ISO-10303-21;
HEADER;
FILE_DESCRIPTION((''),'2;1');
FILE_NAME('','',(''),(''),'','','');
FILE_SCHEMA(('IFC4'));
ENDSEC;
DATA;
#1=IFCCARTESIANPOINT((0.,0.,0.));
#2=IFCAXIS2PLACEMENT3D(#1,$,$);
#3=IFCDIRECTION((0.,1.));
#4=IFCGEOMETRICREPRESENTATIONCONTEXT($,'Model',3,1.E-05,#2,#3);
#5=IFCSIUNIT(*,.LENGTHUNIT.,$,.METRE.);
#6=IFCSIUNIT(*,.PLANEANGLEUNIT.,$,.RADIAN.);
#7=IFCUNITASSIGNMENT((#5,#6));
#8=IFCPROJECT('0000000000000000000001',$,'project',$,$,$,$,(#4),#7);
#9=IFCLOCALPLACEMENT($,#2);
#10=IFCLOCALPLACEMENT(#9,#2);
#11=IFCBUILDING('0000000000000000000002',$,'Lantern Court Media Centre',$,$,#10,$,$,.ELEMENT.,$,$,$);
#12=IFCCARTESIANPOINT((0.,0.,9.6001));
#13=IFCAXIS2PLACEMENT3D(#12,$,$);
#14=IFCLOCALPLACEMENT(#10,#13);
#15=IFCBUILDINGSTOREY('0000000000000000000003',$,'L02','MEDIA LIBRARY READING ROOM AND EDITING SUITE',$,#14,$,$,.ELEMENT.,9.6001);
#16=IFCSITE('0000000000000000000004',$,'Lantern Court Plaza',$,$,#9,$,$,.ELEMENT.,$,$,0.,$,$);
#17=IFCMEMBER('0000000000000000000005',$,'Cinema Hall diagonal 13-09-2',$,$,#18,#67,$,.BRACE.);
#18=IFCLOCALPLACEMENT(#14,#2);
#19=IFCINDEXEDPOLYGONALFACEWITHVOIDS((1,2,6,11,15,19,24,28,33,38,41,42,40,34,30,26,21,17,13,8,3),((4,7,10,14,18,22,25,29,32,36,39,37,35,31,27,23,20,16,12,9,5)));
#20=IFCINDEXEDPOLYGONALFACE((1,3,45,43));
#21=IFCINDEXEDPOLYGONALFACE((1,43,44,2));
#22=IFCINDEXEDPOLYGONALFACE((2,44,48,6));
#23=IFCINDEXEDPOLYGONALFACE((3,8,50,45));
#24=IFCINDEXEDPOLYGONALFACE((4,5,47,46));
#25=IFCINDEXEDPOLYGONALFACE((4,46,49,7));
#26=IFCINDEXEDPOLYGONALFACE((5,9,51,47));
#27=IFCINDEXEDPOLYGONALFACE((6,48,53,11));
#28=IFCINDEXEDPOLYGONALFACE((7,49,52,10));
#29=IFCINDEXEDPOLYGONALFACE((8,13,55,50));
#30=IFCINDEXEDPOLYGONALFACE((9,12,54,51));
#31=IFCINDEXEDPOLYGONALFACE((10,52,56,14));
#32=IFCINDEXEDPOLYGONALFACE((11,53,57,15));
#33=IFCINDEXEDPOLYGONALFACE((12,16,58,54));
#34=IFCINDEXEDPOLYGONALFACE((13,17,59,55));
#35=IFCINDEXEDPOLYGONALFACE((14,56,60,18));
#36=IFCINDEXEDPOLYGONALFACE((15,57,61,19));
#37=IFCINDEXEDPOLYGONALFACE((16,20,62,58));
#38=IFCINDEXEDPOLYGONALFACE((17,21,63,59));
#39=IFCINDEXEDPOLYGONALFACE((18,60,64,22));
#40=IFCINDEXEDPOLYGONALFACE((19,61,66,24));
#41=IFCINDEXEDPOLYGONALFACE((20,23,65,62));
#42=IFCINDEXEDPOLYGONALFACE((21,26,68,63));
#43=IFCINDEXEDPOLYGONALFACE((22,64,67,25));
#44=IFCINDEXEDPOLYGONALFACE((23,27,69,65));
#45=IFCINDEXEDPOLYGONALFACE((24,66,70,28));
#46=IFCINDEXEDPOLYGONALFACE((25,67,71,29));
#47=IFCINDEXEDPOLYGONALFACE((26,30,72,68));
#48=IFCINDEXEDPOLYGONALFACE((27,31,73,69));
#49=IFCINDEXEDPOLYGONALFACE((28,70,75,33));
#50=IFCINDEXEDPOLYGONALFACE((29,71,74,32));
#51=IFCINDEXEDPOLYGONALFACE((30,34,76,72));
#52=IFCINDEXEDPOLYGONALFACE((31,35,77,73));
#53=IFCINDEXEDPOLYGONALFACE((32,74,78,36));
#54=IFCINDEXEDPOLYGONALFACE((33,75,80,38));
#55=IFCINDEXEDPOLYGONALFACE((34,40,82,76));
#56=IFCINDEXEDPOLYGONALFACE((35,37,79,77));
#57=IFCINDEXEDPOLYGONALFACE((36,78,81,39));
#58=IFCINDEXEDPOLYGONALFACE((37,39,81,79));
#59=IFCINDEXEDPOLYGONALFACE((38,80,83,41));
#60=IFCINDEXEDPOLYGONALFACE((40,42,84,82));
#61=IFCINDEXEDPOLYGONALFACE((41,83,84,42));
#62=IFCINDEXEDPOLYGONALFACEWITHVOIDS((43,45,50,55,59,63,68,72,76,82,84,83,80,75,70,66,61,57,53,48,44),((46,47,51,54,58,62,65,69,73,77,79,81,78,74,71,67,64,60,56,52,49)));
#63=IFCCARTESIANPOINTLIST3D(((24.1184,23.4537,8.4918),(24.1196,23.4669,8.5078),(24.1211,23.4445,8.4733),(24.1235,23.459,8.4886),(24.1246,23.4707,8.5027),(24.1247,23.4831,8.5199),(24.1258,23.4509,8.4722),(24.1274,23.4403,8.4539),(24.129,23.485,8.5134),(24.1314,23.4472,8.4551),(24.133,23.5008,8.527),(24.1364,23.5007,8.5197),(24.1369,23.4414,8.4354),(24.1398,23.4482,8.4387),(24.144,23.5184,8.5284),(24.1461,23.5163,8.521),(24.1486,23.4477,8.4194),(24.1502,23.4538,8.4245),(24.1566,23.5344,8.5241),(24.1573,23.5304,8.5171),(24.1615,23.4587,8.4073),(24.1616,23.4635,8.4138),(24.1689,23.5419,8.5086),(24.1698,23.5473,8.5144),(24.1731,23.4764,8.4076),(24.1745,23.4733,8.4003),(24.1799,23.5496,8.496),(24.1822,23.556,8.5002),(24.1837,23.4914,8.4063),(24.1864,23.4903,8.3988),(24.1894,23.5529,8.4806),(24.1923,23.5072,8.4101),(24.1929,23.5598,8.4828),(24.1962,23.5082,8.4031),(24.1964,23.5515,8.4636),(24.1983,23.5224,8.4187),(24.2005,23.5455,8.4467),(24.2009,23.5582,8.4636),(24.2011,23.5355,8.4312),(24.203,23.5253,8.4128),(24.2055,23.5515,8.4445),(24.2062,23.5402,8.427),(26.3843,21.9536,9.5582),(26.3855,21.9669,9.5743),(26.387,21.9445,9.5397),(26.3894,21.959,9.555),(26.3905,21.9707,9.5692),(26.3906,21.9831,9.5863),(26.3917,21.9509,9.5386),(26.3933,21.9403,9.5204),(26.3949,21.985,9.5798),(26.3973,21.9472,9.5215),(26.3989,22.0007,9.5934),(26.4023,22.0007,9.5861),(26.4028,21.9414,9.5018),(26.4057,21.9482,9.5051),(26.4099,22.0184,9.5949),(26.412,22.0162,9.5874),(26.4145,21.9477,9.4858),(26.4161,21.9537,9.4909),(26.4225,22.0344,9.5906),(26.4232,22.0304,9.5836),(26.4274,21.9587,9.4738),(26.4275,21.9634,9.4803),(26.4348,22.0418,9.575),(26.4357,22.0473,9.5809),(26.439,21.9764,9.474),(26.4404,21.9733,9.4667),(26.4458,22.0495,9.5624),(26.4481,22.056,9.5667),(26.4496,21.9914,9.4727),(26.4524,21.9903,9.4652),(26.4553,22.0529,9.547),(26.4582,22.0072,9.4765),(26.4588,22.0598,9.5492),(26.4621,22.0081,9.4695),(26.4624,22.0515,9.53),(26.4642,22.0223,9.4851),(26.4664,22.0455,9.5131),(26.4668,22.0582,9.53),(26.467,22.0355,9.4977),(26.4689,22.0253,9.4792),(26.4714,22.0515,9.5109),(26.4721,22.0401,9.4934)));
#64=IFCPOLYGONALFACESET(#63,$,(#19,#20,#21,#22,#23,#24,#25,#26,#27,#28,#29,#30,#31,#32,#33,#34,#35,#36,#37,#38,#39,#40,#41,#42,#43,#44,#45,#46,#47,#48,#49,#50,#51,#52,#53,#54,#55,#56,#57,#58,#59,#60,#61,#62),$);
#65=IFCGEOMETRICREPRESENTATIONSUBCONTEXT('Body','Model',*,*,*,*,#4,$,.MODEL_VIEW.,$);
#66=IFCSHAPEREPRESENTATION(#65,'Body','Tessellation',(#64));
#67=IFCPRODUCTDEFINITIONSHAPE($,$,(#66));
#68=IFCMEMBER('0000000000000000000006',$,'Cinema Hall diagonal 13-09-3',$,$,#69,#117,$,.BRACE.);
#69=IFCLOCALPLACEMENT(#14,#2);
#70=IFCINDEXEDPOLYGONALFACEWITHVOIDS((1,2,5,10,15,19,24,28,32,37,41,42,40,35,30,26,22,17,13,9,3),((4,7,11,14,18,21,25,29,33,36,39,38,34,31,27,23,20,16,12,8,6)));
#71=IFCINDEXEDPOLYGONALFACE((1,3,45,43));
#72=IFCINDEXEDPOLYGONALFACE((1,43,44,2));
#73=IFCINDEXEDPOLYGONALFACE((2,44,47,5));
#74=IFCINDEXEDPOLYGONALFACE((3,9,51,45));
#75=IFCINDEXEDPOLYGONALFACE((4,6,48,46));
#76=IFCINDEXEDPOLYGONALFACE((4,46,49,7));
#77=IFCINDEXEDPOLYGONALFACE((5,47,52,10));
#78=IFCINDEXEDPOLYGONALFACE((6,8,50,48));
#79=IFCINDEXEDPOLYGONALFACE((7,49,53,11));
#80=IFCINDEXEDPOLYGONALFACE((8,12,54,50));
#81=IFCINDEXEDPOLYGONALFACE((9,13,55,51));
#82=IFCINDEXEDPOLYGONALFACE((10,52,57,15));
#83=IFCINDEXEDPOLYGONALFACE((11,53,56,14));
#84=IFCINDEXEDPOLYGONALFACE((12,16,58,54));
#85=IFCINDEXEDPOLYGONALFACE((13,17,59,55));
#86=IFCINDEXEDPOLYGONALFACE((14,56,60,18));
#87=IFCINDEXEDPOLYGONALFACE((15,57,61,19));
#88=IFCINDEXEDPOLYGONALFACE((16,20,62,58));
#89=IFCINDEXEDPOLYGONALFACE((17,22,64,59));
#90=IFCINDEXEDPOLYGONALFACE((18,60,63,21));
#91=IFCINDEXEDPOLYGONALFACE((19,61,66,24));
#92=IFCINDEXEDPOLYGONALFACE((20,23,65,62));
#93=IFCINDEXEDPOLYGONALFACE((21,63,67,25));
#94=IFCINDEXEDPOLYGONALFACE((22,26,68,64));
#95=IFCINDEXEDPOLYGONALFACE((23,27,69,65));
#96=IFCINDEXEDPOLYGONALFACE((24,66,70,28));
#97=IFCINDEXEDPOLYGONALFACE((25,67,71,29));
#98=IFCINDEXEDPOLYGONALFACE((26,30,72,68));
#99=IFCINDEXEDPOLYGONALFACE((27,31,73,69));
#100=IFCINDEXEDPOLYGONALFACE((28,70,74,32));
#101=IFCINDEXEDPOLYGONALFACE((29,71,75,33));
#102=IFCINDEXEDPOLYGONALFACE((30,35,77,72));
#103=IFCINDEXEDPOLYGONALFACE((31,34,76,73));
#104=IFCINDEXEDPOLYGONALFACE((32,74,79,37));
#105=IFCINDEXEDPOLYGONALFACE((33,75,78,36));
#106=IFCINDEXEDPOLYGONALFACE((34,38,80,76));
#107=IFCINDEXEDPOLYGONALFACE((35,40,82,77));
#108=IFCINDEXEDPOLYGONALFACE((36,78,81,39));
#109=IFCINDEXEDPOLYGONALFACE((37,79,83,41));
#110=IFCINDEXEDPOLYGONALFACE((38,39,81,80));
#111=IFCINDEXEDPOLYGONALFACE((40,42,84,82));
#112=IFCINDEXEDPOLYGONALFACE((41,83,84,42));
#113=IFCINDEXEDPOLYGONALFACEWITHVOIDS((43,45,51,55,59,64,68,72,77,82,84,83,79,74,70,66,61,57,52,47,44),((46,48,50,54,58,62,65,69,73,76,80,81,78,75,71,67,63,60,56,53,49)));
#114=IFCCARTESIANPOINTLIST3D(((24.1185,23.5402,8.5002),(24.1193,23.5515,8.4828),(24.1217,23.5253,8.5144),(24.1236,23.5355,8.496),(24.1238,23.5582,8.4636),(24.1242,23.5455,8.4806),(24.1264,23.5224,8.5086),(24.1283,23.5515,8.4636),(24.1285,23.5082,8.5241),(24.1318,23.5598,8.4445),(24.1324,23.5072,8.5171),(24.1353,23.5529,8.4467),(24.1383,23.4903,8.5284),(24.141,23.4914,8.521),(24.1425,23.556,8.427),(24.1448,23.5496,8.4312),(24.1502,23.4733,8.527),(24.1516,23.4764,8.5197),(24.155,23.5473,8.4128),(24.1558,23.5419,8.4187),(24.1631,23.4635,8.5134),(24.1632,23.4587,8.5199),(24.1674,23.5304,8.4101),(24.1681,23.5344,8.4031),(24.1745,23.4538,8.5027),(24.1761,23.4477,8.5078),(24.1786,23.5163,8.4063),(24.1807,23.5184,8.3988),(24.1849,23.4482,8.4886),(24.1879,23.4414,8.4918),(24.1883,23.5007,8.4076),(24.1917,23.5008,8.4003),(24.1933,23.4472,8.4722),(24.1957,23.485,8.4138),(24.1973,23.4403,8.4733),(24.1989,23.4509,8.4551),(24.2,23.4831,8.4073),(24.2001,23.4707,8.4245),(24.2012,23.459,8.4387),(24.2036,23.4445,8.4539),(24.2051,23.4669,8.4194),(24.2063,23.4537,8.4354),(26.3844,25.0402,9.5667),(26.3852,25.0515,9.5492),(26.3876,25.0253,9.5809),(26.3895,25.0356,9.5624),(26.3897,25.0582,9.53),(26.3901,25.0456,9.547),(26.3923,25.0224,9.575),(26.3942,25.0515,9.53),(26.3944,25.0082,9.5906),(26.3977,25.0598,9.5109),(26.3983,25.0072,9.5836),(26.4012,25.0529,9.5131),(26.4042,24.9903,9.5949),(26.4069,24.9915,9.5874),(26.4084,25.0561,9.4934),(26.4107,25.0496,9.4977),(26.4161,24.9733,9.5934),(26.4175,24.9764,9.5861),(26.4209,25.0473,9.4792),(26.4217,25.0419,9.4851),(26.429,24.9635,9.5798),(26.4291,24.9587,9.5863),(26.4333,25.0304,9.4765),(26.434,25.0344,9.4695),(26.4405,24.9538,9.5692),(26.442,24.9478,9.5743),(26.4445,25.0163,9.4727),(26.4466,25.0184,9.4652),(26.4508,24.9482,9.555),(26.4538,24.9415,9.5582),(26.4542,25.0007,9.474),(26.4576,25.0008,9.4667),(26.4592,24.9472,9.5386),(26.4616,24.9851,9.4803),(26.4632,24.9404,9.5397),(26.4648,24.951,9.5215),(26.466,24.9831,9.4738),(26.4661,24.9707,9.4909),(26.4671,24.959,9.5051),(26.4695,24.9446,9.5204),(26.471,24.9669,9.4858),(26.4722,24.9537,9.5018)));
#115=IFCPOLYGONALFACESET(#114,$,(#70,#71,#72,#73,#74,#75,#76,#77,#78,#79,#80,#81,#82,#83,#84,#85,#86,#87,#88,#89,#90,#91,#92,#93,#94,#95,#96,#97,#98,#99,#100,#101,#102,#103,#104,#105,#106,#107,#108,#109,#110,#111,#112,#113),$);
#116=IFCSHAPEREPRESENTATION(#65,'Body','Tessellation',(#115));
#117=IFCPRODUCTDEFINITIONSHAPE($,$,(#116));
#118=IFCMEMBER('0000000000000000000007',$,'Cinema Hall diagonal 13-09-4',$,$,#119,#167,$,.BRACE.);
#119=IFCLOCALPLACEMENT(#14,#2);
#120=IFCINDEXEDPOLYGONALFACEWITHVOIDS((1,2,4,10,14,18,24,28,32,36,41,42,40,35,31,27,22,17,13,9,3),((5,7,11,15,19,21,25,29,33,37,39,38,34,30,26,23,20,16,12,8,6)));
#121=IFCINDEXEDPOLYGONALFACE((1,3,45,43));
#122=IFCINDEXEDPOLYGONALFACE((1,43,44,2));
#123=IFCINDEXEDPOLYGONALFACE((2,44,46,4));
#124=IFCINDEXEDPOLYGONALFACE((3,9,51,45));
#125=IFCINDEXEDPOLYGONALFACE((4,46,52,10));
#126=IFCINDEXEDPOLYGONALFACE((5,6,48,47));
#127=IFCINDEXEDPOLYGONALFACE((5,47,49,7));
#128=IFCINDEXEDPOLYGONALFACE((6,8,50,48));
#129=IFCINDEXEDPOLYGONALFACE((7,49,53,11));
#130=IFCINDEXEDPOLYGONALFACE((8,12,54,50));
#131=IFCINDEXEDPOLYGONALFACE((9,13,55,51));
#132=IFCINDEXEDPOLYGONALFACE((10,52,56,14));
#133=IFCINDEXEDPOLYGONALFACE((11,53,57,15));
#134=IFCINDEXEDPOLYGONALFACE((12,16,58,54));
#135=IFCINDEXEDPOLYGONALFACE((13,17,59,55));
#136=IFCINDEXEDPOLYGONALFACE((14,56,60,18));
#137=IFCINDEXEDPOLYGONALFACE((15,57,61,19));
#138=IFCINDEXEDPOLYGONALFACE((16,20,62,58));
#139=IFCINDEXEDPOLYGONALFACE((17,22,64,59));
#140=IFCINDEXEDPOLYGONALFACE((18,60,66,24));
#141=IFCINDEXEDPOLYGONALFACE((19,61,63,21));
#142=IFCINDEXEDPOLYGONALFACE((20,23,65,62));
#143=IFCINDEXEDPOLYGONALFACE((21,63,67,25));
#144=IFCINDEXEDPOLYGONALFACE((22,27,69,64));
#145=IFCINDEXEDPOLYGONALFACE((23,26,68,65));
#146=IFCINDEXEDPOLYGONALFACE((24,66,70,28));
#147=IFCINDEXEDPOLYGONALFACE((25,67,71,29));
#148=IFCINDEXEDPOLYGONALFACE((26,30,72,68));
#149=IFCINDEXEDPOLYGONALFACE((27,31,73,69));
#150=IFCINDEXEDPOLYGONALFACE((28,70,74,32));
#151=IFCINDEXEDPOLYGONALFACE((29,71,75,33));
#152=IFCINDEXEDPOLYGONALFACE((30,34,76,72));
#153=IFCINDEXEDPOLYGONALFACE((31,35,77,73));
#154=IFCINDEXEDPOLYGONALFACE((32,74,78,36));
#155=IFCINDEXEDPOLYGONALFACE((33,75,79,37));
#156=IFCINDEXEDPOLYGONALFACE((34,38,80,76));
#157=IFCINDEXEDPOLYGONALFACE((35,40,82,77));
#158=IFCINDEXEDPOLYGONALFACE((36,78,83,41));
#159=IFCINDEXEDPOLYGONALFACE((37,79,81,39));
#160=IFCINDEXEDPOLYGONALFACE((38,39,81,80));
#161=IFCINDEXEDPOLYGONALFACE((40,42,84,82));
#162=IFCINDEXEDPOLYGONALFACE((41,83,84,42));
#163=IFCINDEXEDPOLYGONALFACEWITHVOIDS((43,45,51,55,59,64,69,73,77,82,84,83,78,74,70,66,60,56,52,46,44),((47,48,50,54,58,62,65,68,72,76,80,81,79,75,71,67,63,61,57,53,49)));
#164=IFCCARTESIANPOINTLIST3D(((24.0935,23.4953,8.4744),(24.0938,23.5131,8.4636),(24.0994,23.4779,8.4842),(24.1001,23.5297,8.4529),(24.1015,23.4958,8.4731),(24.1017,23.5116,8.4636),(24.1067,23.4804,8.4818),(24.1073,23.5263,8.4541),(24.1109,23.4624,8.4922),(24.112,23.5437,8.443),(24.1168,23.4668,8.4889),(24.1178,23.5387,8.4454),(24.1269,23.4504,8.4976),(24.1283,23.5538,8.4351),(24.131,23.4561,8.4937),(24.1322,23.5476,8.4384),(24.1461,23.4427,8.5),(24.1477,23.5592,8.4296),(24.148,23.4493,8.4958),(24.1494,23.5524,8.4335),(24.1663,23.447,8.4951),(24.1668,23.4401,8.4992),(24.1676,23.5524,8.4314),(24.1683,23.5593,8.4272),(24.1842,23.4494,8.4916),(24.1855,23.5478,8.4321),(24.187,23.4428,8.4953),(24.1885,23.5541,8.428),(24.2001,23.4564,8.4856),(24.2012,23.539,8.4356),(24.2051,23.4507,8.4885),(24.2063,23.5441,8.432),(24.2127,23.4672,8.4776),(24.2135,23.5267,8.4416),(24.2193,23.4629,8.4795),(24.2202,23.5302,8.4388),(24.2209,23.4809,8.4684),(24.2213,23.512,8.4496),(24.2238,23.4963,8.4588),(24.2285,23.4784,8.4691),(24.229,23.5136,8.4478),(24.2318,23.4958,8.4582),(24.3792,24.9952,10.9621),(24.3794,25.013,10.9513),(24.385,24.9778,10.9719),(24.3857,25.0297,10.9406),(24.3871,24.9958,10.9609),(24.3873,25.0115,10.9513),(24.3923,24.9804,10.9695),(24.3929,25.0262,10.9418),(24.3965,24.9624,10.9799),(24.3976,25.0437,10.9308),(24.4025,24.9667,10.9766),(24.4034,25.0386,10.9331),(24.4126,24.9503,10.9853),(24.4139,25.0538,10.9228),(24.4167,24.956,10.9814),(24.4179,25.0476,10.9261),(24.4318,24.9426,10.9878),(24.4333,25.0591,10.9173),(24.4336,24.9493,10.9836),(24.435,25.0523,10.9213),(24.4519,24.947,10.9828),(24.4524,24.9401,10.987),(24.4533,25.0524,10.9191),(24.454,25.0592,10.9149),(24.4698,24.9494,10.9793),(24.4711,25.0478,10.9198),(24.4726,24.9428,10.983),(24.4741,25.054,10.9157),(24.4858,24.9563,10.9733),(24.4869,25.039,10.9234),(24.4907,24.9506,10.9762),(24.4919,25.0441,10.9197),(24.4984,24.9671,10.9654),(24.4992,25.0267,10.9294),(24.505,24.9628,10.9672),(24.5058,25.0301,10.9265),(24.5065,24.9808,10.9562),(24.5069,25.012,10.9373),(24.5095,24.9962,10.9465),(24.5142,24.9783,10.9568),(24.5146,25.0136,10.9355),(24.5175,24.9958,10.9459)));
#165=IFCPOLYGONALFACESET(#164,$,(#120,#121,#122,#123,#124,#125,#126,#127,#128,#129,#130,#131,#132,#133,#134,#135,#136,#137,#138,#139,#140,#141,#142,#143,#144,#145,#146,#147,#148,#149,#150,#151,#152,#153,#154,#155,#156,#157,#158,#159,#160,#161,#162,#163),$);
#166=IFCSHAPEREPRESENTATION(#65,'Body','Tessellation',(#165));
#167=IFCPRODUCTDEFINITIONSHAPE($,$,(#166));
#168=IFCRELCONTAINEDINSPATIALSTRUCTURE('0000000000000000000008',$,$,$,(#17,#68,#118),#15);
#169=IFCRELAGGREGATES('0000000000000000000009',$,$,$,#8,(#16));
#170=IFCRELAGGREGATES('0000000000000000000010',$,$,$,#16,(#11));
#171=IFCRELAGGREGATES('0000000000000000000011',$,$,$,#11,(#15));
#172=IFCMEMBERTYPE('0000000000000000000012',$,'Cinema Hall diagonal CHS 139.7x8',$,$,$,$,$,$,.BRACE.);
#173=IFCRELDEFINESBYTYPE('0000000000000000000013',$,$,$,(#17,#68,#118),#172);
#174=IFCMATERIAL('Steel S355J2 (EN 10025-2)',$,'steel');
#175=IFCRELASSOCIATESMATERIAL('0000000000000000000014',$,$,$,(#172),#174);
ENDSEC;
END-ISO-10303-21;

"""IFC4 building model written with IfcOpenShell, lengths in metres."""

from ifc_helpers import new_model, si_unit, direction, frame, origin, origin_2d, place, context, subcontext, project, spatial, hollow_circle, extrude, material, material_profile, profile_set, type_object, element, save


model = new_model("IFC4")

# Units and contexts
model_context = context("Model", 3, precision=1e-05, world=origin(), true_north=direction((0.0, 1.0)))
body_context = subcontext(model_context, "Body", "Model", "MODEL_VIEW")
ifc_project = project(units=[si_unit("LENGTHUNIT", "METRE"), si_unit("PLANEANGLEUNIT", "RADIAN")], contexts=[model_context])

# Site, building, storey
site_placement = place(None, origin())
site = spatial("IfcSite", under=ifc_project, at=site_placement, Name="Lantern Court Plaza", CompositionType="ELEMENT", RefElevation=0.0)
building_placement = place(site_placement, origin())
building = spatial("IfcBuilding", under=site, at=building_placement, Name="Lantern Court Media Centre", CompositionType="ELEMENT")
storey_placement = place(building_placement, frame((0.0, 0.0, 9.6001)))
storey = spatial("IfcBuildingStorey", under=building, at=storey_placement, Name="L02", Description="MEDIA LIBRARY READING ROOM AND EDITING SUITE", CompositionType="ELEMENT", Elevation=9.6001)

# Members
ifc_material = material(Name="Steel S355J2 (EN 10025-2)", Category="steel")
ifc_material_profile_1 = material_profile(ifc_material, hollow_circle(Radius=0.0698, WallThickness=0.0081, at=origin_2d()), Name="Cinema Hall diagonal CHS 139.7x8")
ifc_profile_set_1 = profile_set([ifc_material_profile_1], Name="Steel S355J2 (EN 10025-2)")
member_type_1 = type_object("IfcMemberType", Name="Cinema Hall diagonal CHS 139.7x8", PredefinedType="BRACE", material=ifc_profile_set_1)
for number, where, z_axis, x_axis, name in (
    (1, (24.1624, 23.5, 8.4636), (0.776211, -0.51385, 0.365315), (0.552002, 0.833843, 0.0), "Cinema Hall diagonal 13-09-2"),
    (2, (24.1624, 23.5, 8.4636), (0.776211, 0.51385, 0.365315), (-0.552002, 0.833843, 0.0), "Cinema Hall diagonal 13-09-3"),
):
    element("IfcMember", number, at=place(storey_placement, frame(where, z_axis=z_axis, x_axis=x_axis)), inside=storey, type_object=member_type_1, Name=name, PredefinedType="BRACE", context=body_context, shape_type="SweptSolid", body=[
        extrude(hollow_circle(Radius=0.0698, WallThickness=0.0081, at=origin_2d()), origin(), (0.0, 0.0, 1.0), 2.9192),
    ])
for number, where, z_axis, x_axis, name in (
    (3, (24.1624, 23.5, 8.4636), (0.097856, 0.51387, 0.852268), (-0.982347, 0.187068, 0.0), "Cinema Hall diagonal 13-09-4"),
):
    element("IfcMember", number, at=place(storey_placement, frame(where, z_axis=z_axis, x_axis=x_axis)), inside=storey, type_object=member_type_1, Name=name, PredefinedType="BRACE", context=body_context, shape_type="SweptSolid", body=[
        extrude(hollow_circle(Radius=0.0698, WallThickness=0.0081, at=origin_2d()), origin(), (0.0, 0.0, 1.0), 2.9189),
    ])

save(model, "model.ifc")
